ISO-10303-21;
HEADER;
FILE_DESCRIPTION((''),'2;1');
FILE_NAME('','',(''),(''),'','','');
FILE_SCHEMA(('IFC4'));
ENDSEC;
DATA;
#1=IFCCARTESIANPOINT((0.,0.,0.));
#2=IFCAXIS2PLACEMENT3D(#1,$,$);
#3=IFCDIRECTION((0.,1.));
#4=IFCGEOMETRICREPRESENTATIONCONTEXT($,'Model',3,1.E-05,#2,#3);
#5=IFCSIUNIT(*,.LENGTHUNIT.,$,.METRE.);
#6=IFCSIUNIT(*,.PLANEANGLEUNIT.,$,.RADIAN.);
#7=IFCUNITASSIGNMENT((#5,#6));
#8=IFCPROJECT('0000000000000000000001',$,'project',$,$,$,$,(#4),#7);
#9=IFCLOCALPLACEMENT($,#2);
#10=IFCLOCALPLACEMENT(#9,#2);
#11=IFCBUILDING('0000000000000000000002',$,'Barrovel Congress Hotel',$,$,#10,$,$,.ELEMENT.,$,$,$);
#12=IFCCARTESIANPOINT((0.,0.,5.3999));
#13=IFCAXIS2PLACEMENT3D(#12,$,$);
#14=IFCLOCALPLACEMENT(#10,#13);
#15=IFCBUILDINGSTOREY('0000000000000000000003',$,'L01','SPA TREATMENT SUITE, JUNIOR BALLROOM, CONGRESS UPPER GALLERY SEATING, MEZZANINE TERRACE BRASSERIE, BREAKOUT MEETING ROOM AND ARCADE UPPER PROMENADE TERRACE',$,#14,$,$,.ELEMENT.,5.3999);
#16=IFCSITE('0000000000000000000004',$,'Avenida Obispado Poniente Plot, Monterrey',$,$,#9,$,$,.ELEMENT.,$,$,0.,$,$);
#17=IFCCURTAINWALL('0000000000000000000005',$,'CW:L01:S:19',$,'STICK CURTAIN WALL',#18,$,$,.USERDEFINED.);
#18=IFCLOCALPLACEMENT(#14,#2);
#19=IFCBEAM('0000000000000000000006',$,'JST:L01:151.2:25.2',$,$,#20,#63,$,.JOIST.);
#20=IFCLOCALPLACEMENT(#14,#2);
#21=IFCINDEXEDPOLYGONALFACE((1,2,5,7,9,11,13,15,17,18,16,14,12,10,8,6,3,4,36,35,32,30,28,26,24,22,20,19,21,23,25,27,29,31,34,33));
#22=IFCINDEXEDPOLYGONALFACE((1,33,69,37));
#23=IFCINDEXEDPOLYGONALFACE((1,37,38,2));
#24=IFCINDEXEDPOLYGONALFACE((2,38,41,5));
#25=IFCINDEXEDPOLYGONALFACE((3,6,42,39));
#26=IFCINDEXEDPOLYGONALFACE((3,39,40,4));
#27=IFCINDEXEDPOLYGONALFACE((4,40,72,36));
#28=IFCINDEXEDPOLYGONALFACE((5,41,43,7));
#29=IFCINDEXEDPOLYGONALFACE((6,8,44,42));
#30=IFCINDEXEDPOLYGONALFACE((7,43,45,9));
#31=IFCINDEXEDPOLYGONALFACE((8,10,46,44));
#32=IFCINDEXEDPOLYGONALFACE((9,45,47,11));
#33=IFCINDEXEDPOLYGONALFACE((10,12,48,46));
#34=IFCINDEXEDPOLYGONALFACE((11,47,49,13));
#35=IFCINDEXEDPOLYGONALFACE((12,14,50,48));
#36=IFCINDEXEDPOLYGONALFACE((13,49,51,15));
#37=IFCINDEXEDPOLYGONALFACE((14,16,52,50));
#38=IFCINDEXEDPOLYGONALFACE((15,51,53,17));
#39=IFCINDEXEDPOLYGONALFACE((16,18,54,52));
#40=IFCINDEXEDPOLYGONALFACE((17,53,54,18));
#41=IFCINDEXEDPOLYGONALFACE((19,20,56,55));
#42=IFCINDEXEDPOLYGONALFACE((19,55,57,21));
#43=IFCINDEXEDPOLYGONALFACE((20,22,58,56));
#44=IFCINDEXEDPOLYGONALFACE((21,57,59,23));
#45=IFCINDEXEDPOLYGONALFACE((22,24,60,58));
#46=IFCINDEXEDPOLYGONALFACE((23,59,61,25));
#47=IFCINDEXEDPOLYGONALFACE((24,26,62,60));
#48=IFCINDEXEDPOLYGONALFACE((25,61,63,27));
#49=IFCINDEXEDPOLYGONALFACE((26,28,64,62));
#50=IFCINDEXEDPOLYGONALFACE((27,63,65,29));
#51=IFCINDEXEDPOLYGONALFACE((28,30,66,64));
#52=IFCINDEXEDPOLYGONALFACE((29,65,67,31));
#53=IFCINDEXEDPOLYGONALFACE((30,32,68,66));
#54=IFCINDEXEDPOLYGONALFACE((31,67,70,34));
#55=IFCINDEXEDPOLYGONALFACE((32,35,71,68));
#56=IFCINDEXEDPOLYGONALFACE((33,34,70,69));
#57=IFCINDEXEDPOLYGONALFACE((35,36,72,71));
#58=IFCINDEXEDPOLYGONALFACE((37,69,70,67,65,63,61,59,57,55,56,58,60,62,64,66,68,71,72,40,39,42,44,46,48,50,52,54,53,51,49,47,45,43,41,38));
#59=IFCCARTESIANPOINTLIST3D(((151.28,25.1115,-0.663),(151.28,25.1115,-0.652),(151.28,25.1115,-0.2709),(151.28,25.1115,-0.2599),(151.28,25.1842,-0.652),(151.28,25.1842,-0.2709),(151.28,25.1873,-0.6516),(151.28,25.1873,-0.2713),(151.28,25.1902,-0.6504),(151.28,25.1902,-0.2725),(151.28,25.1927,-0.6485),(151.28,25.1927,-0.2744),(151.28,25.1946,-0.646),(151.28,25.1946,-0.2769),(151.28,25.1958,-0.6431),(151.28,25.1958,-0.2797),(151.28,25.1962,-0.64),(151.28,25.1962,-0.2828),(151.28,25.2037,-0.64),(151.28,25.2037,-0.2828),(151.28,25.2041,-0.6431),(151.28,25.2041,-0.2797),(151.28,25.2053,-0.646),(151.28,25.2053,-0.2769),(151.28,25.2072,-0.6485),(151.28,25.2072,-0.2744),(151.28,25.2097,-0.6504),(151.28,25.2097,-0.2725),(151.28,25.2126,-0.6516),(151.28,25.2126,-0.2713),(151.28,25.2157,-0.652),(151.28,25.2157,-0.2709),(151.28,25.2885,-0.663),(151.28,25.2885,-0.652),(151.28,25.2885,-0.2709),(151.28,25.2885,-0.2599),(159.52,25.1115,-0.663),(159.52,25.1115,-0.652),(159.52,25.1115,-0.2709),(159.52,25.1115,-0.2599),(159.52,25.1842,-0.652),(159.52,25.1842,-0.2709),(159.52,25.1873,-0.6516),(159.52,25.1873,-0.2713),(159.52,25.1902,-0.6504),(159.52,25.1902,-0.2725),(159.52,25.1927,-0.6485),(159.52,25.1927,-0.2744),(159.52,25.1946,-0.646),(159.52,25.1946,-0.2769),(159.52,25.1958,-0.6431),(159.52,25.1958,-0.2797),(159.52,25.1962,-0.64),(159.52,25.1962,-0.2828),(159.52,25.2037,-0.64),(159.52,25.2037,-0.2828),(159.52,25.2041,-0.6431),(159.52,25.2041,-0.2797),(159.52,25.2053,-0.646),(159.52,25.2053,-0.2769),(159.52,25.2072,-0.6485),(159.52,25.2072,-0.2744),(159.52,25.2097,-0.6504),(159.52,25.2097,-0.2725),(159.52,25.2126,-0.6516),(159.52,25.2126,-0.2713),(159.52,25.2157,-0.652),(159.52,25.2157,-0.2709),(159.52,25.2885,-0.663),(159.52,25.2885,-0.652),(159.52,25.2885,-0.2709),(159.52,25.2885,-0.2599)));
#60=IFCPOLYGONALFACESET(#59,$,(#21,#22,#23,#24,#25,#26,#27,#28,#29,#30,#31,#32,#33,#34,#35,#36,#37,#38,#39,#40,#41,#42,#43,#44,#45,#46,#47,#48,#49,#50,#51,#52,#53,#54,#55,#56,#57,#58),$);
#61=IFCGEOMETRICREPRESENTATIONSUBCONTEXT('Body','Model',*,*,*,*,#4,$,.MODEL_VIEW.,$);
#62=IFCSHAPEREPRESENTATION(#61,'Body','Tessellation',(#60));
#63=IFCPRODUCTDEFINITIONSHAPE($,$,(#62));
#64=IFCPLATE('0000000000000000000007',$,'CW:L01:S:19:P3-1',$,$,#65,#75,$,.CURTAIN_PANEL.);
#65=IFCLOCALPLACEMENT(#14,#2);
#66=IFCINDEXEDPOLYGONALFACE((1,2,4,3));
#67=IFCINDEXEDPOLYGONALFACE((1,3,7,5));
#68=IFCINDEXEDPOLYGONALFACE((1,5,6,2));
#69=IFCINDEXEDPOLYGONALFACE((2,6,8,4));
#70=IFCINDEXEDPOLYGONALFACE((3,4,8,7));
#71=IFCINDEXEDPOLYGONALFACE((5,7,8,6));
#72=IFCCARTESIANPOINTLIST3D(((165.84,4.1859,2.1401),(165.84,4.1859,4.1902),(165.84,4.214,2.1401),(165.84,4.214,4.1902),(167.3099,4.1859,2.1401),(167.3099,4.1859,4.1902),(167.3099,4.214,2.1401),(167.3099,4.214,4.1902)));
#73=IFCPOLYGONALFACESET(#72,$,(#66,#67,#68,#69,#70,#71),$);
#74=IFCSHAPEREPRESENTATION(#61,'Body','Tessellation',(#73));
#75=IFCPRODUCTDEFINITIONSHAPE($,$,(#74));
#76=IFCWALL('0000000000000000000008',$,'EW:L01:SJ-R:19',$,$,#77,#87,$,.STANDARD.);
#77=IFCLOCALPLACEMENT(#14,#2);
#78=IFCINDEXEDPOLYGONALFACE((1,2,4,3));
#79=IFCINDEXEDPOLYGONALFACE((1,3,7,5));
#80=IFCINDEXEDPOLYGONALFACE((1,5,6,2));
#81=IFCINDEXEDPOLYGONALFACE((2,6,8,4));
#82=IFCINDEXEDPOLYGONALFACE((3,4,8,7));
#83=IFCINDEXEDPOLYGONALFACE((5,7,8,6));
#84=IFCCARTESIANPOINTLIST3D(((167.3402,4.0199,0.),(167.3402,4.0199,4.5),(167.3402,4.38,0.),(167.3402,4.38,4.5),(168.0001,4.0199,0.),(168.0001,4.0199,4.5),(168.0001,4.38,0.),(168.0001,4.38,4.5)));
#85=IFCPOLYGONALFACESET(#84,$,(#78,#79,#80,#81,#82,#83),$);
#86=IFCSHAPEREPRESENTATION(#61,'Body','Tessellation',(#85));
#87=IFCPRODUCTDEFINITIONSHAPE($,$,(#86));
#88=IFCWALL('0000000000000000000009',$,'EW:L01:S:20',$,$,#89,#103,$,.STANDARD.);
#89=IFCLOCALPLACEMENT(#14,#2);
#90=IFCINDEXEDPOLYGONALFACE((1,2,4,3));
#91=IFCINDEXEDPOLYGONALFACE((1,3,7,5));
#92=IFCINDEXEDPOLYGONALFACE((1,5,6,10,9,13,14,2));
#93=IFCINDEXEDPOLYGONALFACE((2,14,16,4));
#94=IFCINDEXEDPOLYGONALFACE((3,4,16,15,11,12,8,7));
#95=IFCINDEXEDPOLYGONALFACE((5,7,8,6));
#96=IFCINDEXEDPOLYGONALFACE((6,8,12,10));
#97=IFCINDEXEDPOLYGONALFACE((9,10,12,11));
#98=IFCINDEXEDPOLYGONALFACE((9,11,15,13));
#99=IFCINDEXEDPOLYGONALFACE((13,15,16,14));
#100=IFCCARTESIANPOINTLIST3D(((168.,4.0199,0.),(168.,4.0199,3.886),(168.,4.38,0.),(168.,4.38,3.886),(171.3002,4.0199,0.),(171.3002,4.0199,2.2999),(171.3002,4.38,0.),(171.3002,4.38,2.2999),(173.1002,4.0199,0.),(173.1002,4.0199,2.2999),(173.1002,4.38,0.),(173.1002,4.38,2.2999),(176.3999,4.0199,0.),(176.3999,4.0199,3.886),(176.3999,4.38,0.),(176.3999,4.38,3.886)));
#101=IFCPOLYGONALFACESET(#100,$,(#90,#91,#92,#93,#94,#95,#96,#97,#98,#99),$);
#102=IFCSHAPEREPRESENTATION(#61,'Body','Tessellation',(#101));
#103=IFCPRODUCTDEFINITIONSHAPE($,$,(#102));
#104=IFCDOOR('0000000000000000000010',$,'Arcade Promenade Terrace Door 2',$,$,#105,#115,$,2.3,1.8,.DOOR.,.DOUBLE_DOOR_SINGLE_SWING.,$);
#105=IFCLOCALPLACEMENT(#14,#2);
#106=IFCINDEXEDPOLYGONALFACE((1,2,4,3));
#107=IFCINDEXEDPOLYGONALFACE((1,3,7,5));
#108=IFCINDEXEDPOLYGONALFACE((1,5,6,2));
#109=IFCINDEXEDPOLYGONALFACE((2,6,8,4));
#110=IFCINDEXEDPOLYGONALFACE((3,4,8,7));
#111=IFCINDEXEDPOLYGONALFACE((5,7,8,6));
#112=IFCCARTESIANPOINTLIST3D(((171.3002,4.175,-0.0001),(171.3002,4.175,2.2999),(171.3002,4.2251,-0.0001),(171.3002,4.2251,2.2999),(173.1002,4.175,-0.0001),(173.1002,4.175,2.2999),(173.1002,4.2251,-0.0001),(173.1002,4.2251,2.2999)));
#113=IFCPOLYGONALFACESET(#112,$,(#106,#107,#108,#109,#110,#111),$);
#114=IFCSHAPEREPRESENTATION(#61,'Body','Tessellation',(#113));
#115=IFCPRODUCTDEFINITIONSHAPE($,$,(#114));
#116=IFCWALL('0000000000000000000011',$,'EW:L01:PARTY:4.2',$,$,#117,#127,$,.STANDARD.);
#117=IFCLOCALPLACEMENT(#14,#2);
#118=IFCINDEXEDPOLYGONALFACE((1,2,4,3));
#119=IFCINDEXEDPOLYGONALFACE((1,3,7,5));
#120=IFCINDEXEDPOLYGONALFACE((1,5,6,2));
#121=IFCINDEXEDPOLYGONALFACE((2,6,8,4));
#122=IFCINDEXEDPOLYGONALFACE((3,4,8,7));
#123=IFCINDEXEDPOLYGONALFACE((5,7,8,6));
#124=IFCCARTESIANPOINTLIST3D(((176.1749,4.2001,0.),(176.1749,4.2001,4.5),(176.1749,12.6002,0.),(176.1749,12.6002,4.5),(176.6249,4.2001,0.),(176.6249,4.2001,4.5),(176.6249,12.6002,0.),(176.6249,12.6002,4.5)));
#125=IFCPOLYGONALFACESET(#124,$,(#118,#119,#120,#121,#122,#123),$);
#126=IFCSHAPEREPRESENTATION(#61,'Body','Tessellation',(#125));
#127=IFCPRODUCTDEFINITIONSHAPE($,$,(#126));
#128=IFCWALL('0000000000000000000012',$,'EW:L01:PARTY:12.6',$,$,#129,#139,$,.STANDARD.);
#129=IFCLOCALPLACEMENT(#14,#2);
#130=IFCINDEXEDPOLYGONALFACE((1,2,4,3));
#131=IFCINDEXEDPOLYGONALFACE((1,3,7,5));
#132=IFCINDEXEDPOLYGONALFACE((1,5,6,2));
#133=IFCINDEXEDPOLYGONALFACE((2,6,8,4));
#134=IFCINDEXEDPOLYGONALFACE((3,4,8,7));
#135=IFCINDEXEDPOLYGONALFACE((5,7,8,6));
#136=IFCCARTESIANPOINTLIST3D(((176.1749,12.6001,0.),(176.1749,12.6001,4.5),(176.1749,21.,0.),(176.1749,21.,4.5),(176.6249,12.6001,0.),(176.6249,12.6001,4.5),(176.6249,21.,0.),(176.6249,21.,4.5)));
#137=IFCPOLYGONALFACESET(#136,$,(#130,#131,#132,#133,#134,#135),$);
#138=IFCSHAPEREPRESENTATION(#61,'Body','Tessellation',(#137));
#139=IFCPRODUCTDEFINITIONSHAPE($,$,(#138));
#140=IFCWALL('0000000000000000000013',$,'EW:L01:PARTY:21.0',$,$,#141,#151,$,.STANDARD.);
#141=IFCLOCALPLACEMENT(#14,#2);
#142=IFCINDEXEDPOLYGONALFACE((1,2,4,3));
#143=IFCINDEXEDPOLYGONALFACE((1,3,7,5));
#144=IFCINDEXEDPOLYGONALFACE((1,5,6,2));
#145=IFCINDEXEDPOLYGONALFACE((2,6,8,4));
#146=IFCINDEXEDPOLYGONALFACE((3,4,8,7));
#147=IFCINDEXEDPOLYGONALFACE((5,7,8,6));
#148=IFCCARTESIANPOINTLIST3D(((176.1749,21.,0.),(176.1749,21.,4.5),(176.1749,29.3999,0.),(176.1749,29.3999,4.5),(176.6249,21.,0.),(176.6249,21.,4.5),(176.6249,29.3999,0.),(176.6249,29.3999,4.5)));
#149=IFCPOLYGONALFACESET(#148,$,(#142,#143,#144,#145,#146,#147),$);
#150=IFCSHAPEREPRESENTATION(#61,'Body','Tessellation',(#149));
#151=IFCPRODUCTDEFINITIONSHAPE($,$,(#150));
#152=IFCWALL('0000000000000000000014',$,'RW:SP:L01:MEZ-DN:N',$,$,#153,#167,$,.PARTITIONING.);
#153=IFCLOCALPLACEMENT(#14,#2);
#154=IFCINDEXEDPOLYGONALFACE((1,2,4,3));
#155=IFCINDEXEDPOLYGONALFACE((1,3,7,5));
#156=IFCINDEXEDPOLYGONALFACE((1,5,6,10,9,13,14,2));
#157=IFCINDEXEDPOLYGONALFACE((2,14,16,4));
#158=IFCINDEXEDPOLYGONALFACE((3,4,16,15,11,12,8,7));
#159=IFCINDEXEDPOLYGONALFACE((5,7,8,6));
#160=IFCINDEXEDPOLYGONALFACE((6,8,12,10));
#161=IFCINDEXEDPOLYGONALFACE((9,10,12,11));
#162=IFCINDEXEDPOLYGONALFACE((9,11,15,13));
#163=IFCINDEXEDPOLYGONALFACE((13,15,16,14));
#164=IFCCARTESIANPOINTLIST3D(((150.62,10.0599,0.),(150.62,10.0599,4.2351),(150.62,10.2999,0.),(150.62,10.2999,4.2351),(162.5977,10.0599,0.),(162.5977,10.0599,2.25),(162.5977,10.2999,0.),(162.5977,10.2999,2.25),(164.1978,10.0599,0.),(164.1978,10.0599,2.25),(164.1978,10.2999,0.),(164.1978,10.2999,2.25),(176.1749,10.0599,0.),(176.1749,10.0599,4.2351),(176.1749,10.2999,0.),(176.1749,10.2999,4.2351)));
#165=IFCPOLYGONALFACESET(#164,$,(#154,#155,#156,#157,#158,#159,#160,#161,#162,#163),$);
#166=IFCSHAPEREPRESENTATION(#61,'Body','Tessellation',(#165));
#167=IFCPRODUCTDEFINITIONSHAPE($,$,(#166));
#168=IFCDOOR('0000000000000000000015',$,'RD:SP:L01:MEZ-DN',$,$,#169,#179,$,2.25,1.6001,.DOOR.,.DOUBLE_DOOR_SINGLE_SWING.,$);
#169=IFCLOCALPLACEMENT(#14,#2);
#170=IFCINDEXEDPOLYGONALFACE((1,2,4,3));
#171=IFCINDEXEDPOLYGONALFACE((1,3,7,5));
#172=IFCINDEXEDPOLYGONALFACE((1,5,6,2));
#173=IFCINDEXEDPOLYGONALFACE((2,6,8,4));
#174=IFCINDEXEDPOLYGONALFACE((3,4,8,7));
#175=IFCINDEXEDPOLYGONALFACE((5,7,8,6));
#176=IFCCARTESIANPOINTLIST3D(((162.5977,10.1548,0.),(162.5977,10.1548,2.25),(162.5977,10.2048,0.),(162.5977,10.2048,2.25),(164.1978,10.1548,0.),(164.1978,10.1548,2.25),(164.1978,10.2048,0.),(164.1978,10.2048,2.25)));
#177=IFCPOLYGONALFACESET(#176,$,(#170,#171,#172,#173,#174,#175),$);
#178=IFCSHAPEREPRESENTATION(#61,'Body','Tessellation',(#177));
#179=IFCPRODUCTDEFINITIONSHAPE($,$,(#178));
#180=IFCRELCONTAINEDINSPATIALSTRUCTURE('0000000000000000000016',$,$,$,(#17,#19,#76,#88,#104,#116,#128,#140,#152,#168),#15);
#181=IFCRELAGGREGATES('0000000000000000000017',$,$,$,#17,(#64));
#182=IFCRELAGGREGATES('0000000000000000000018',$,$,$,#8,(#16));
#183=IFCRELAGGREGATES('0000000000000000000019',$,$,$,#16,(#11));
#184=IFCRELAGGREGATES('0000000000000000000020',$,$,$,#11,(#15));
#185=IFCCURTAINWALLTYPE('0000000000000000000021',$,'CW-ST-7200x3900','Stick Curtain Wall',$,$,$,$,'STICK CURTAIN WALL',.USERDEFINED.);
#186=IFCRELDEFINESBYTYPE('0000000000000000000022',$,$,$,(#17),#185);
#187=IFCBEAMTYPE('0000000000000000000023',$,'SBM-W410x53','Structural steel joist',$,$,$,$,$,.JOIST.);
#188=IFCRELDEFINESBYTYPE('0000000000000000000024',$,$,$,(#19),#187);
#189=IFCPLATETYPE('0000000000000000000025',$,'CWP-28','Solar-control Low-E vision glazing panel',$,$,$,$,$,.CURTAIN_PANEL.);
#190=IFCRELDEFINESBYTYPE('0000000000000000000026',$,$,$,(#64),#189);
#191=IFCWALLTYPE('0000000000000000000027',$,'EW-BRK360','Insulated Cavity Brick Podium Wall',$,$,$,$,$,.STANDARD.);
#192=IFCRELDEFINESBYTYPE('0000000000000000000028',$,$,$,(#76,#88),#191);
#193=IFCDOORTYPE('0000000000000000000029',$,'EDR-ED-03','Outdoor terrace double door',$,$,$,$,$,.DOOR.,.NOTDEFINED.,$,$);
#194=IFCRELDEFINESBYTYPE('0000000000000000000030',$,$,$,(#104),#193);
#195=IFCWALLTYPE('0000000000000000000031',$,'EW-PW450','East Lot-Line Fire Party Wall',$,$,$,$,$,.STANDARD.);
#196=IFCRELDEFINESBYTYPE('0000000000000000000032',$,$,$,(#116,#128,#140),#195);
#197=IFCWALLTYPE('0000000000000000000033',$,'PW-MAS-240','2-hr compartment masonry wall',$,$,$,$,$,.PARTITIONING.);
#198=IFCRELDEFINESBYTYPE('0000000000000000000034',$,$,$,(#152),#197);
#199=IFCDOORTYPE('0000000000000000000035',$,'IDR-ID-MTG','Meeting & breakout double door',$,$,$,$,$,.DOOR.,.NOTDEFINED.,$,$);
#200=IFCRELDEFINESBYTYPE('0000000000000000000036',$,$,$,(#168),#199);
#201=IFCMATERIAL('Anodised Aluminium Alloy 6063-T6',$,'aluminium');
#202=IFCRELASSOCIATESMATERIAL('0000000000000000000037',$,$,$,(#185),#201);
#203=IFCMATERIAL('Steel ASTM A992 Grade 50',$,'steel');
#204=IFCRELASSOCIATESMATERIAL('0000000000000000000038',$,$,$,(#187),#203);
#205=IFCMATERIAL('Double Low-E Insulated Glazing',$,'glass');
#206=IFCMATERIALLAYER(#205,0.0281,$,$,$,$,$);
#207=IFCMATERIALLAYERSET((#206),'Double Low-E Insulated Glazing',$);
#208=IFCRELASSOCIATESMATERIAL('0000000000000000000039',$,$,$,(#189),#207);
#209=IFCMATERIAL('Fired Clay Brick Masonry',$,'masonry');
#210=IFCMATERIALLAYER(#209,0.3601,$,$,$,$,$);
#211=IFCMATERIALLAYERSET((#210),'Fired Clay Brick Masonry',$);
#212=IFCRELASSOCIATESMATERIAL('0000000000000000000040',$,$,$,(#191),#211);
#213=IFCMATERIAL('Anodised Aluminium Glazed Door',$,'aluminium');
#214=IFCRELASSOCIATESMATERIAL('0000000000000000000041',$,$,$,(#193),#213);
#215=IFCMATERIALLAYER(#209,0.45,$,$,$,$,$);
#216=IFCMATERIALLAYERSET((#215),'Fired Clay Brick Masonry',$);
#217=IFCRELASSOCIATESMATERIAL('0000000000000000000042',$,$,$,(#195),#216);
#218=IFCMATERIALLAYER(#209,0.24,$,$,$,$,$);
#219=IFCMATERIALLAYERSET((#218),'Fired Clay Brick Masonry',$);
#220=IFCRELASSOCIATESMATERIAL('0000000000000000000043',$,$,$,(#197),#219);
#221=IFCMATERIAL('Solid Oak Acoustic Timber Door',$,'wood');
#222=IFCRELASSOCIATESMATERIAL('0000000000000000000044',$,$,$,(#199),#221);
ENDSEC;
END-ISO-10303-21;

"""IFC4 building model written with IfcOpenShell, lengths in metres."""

from ifc_helpers import new_model, si_unit, direction, frame, frame_2d, origin, origin_2d, place, context, subcontext, project, spatial, rectangle, i_section, extrude, material, layer, layer_set, material_profile, profile_set, type_object, element, fill, aggregate, save


model = new_model("IFC4")

# Units and contexts
model_context = context("Model", 3, precision=1e-05, world=origin(), true_north=direction((0.0, 1.0)))
body_context = subcontext(model_context, "Body", "Model", "MODEL_VIEW")
ifc_project = project(units=[si_unit("LENGTHUNIT", "METRE"), si_unit("PLANEANGLEUNIT", "RADIAN")], contexts=[model_context])

# Site, building, storey
site_placement = place(None, origin())
site = spatial("IfcSite", under=ifc_project, at=site_placement, Name="Avenida Obispado Poniente Plot, Monterrey", CompositionType="ELEMENT", RefElevation=0.0)
building_placement = place(site_placement, origin())
building = spatial("IfcBuilding", under=site, at=building_placement, Name="Barrovel Congress Hotel", CompositionType="ELEMENT")
storey_placement = place(building_placement, frame((0.0, 0.0, 5.3999)))
storey = spatial("IfcBuildingStorey", under=building, at=storey_placement, Name="L01", Description="SPA TREATMENT SUITE, JUNIOR BALLROOM, CONGRESS UPPER GALLERY SEATING, MEZZANINE TERRACE BRASSERIE, BREAKOUT MEETING ROOM AND ARCADE UPPER PROMENADE TERRACE", CompositionType="ELEMENT", Elevation=5.3999)

# Curtain wall
ifc_material_1 = material(Name="Anodised Aluminium Alloy 6063-T6", Category="aluminium")
curtain_wall_type = type_object("IfcCurtainWallType", Name="CW-ST-7200x3900", Description="Stick Curtain Wall", ElementType="STICK CURTAIN WALL", PredefinedType="USERDEFINED", material=ifc_material_1)
curtain_wall_placement = place(storey_placement, origin())
curtain_wall = element("IfcCurtainWall", 1, at=curtain_wall_placement, inside=storey, type_object=curtain_wall_type, Name="CW:L01:S:19", ObjectType="STICK CURTAIN WALL", PredefinedType="USERDEFINED")

# Beam
ifc_material_2 = material(Name="Steel ASTM A992 Grade 50", Category="steel")
ifc_material_profile_1 = material_profile(ifc_material_2, i_section(OverallWidth=0.177, OverallDepth=0.4031, WebThickness=0.0076, FlangeThickness=0.011, FilletRadius=0.012, at=origin_2d()), Name="W410x53")
ifc_profile_set_1 = profile_set([ifc_material_profile_1], Name="Steel ASTM A992 Grade 50")
beam_type_1 = type_object("IfcBeamType", Name="SBM-W410x53", Description="Structural steel joist", PredefinedType="JOIST", material=ifc_profile_set_1)
beam_1_placement = place(storey_placement, frame((151.28, 25.2, -0.4614), z_axis=(1.0, 0.0, 0.0), x_axis=(0.0, 1.0, 0.0)))
element("IfcBeam", 2, at=beam_1_placement, inside=storey, type_object=beam_type_1, Name="JST:L01:151.2:25.2", PredefinedType="JOIST", context=body_context, shape_type="SweptSolid", body=[
    extrude(i_section(OverallWidth=0.177, OverallDepth=0.4031, WebThickness=0.0076, FlangeThickness=0.011, FilletRadius=0.012, at=origin_2d()), origin(), (0.0, 0.0, 1.0), 8.24),
])

# Plate
ifc_material_3 = material(Name="Double Low-E Insulated Glazing", Category="glass")
ifc_layer_1 = layer(ifc_material_3, 0.0281)
ifc_layer_set_1 = layer_set([ifc_layer_1], Name="Double Low-E Insulated Glazing")
plate_type = type_object("IfcPlateType", Name="CWP-28", Description="Solar-control Low-E vision glazing panel", PredefinedType="CURTAIN_PANEL", material=ifc_layer_set_1)
plate_placement = place(storey_placement, frame((166.575, 4.2, 2.1401), z_axis=(0.0, 0.0, 1.0), x_axis=(1.0, 0.0, 0.0)))
plate = element("IfcPlate", 3, at=plate_placement, type_object=plate_type, Name="CW:L01:S:19:P3-1", PredefinedType="CURTAIN_PANEL", context=body_context, shape_type="SweptSolid", body=[
    extrude(rectangle(XDim=1.47, YDim=0.0281, at=origin_2d()), origin(), (0.0, 0.0, 1.0), 2.05),
])
aggregate(curtain_wall, [plate])

# Wall
ifc_material_4 = material(Name="Fired Clay Brick Masonry", Category="masonry")
ifc_layer_2 = layer(ifc_material_4, 0.3601)
ifc_layer_set_2 = layer_set([ifc_layer_2], Name="Fired Clay Brick Masonry")
wall_type_1 = type_object("IfcWallType", Name="EW-BRK360", Description="Insulated Cavity Brick Podium Wall", PredefinedType="STANDARD", material=ifc_layer_set_2)
wall_1_placement = place(storey_placement, frame((167.3401, 4.2, 0.0), z_axis=(0.0, 0.0, 1.0), x_axis=(1.0, 0.0, 0.0)))
element("IfcWall", 4, at=wall_1_placement, inside=storey, type_object=wall_type_1, Name="EW:L01:SJ-R:19", PredefinedType="STANDARD", context=body_context, shape_type="SweptSolid", body=[
    extrude(rectangle(XDim=0.6599, YDim=0.3601, at=frame_2d((0.3301, 0.0))), origin(), (0.0, 0.0, 1.0), 4.5),
])

# Wall, opening, door
wall_2_placement = place(storey_placement, frame((168.0, 4.2, 0.0), z_axis=(0.0, 0.0, 1.0), x_axis=(1.0, 0.0, 0.0)))
wall_2 = element("IfcWall", 5, at=wall_2_placement, inside=storey, type_object=wall_type_1, Name="EW:L01:S:20", PredefinedType="STANDARD", context=body_context, shape_type="SweptSolid", body=[
    extrude(rectangle(XDim=8.3999, YDim=0.3601, at=frame_2d((4.2, 0.0))), origin(), (0.0, 0.0, 1.0), 3.886),
])
opening_1_placement = place(wall_2_placement, frame((5.1001, 0.0, 0.0), z_axis=(0.0, 0.0, 1.0), x_axis=(-1.0, 0.0, 0.0)))
opening_1 = element("IfcOpeningElement", 6, at=opening_1_placement, cuts=wall_2, PredefinedType="OPENING", context=body_context, shape_type="SweptSolid", body=[
    extrude(rectangle(XDim=1.8, YDim=2.3, at=frame_2d((0.8999, 1.1499))), frame((0.0, 0.1899, 0.0), z_axis=(0.0, -1.0, 0.0), x_axis=(1.0, 0.0, 0.0)), (0.0, 0.0, 1.0), 0.3801),
])
ifc_material_5 = material(Name="Anodised Aluminium Glazed Door", Category="aluminium")
door_type_1 = type_object("IfcDoorType", Name="EDR-ED-03", Description="Outdoor terrace double door", OperationType="NOTDEFINED", PredefinedType="DOOR", material=ifc_material_5)
door_1_placement = place(opening_1_placement, origin())
door_1 = element("IfcDoor", 7, at=door_1_placement, inside=storey, type_object=door_type_1, Name="Arcade Promenade Terrace Door 2", OperationType="DOUBLE_DOOR_SINGLE_SWING", OverallHeight=2.3, OverallWidth=1.8, PredefinedType="DOOR", context=body_context, shape_type="SweptSolid", body=[
    extrude(rectangle(XDim=1.8, YDim=2.3, at=frame_2d((0.8999, 1.1499))), frame((0.0, 0.0249, 0.0), z_axis=(0.0, -1.0, 0.0), x_axis=(1.0, 0.0, 0.0)), (0.0, 0.0, 1.0), 0.05),
])
fill(opening_1, door_1)

# Walls
ifc_layer_3 = layer(ifc_material_4, 0.45)
ifc_layer_set_3 = layer_set([ifc_layer_3], Name="Fired Clay Brick Masonry")
wall_type_2 = type_object("IfcWallType", Name="EW-PW450", Description="East Lot-Line Fire Party Wall", PredefinedType="STANDARD", material=ifc_layer_set_3)
wall_3_placement = place(storey_placement, frame((176.3999, 4.2, 0.0), z_axis=(0.0, 0.0, 1.0), x_axis=(0.0, 1.0, 0.0)))
element("IfcWall", 8, at=wall_3_placement, inside=storey, type_object=wall_type_2, Name="EW:L01:PARTY:4.2", PredefinedType="STANDARD", context=body_context, shape_type="SweptSolid", body=[
    extrude(rectangle(XDim=8.4001, YDim=0.45, at=frame_2d((4.2002, 0.0))), origin(), (0.0, 0.0, 1.0), 4.5),
])
for number, where, z_axis, x_axis, name in (
    (9, (176.3999, 12.6001, 0.0), (0.0, 0.0, 1.0), (0.0, 1.0, 0.0), "EW:L01:PARTY:12.6"),
    (10, (176.3999, 21.0, 0.0), (0.0, 0.0, 1.0), (0.0, 1.0, 0.0), "EW:L01:PARTY:21.0"),
):
    element("IfcWall", number, at=place(storey_placement, frame(where, z_axis=z_axis, x_axis=x_axis)), inside=storey, type_object=wall_type_2, Name=name, PredefinedType="STANDARD", context=body_context, shape_type="SweptSolid", body=[
        extrude(rectangle(XDim=8.3999, YDim=0.45, at=frame_2d((4.2, 0.0))), origin(), (0.0, 0.0, 1.0), 4.5),
    ])

# Wall, opening, door
ifc_layer_4 = layer(ifc_material_4, 0.24)
ifc_layer_set_4 = layer_set([ifc_layer_4], Name="Fired Clay Brick Masonry")
wall_type_3 = type_object("IfcWallType", Name="PW-MAS-240", Description="2-hr compartment masonry wall", PredefinedType="PARTITIONING", material=ifc_layer_set_4)
wall_4_placement = place(storey_placement, frame((150.6201, 10.1799, 0.0), z_axis=(0.0, 0.0, 1.0), x_axis=(1.0, 0.0, 0.0)))
wall_4 = element("IfcWall", 11, at=wall_4_placement, inside=storey, type_object=wall_type_3, Name="RW:SP:L01:MEZ-DN:N", PredefinedType="PARTITIONING", context=body_context, shape_type="SweptSolid", body=[
    extrude(rectangle(XDim=25.5549, YDim=0.24, at=frame_2d((12.7773, 0.0))), origin(), (0.0, 0.0, 1.0), 4.2351),
])
opening_2_placement = place(wall_4_placement, frame((11.9775, 0.0, 0.0)))
opening_2 = element("IfcOpeningElement", 12, at=opening_2_placement, cuts=wall_4, PredefinedType="OPENING", context=body_context, shape_type="SweptSolid", body=[
    extrude(rectangle(XDim=1.6001, YDim=2.25, at=frame_2d((0.8, 1.125))), frame((0.0, 0.1299, 0.0), z_axis=(0.0, -1.0, 0.0), x_axis=(1.0, 0.0, 0.0)), (0.0, 0.0, 1.0), 0.26),
])
ifc_material_6 = material(Name="Solid Oak Acoustic Timber Door", Category="wood")
door_type_2 = type_object("IfcDoorType", Name="IDR-ID-MTG", Description="Meeting & breakout double door", OperationType="NOTDEFINED", PredefinedType="DOOR", material=ifc_material_6)
door_2_placement = place(opening_2_placement, origin())
door_2 = element("IfcDoor", 13, at=door_2_placement, inside=storey, type_object=door_type_2, Name="RD:SP:L01:MEZ-DN", OperationType="DOUBLE_DOOR_SINGLE_SWING", OverallHeight=2.25, OverallWidth=1.6001, PredefinedType="DOOR", context=body_context, shape_type="SweptSolid", body=[
    extrude(rectangle(XDim=1.6001, YDim=2.25, at=frame_2d((0.8, 1.125))), frame((0.0, 0.0249, 0.0), z_axis=(0.0, -1.0, 0.0), x_axis=(1.0, 0.0, 0.0)), (0.0, 0.0, 1.0), 0.05),
])
fill(opening_2, door_2)

save(model, "model.ifc")
